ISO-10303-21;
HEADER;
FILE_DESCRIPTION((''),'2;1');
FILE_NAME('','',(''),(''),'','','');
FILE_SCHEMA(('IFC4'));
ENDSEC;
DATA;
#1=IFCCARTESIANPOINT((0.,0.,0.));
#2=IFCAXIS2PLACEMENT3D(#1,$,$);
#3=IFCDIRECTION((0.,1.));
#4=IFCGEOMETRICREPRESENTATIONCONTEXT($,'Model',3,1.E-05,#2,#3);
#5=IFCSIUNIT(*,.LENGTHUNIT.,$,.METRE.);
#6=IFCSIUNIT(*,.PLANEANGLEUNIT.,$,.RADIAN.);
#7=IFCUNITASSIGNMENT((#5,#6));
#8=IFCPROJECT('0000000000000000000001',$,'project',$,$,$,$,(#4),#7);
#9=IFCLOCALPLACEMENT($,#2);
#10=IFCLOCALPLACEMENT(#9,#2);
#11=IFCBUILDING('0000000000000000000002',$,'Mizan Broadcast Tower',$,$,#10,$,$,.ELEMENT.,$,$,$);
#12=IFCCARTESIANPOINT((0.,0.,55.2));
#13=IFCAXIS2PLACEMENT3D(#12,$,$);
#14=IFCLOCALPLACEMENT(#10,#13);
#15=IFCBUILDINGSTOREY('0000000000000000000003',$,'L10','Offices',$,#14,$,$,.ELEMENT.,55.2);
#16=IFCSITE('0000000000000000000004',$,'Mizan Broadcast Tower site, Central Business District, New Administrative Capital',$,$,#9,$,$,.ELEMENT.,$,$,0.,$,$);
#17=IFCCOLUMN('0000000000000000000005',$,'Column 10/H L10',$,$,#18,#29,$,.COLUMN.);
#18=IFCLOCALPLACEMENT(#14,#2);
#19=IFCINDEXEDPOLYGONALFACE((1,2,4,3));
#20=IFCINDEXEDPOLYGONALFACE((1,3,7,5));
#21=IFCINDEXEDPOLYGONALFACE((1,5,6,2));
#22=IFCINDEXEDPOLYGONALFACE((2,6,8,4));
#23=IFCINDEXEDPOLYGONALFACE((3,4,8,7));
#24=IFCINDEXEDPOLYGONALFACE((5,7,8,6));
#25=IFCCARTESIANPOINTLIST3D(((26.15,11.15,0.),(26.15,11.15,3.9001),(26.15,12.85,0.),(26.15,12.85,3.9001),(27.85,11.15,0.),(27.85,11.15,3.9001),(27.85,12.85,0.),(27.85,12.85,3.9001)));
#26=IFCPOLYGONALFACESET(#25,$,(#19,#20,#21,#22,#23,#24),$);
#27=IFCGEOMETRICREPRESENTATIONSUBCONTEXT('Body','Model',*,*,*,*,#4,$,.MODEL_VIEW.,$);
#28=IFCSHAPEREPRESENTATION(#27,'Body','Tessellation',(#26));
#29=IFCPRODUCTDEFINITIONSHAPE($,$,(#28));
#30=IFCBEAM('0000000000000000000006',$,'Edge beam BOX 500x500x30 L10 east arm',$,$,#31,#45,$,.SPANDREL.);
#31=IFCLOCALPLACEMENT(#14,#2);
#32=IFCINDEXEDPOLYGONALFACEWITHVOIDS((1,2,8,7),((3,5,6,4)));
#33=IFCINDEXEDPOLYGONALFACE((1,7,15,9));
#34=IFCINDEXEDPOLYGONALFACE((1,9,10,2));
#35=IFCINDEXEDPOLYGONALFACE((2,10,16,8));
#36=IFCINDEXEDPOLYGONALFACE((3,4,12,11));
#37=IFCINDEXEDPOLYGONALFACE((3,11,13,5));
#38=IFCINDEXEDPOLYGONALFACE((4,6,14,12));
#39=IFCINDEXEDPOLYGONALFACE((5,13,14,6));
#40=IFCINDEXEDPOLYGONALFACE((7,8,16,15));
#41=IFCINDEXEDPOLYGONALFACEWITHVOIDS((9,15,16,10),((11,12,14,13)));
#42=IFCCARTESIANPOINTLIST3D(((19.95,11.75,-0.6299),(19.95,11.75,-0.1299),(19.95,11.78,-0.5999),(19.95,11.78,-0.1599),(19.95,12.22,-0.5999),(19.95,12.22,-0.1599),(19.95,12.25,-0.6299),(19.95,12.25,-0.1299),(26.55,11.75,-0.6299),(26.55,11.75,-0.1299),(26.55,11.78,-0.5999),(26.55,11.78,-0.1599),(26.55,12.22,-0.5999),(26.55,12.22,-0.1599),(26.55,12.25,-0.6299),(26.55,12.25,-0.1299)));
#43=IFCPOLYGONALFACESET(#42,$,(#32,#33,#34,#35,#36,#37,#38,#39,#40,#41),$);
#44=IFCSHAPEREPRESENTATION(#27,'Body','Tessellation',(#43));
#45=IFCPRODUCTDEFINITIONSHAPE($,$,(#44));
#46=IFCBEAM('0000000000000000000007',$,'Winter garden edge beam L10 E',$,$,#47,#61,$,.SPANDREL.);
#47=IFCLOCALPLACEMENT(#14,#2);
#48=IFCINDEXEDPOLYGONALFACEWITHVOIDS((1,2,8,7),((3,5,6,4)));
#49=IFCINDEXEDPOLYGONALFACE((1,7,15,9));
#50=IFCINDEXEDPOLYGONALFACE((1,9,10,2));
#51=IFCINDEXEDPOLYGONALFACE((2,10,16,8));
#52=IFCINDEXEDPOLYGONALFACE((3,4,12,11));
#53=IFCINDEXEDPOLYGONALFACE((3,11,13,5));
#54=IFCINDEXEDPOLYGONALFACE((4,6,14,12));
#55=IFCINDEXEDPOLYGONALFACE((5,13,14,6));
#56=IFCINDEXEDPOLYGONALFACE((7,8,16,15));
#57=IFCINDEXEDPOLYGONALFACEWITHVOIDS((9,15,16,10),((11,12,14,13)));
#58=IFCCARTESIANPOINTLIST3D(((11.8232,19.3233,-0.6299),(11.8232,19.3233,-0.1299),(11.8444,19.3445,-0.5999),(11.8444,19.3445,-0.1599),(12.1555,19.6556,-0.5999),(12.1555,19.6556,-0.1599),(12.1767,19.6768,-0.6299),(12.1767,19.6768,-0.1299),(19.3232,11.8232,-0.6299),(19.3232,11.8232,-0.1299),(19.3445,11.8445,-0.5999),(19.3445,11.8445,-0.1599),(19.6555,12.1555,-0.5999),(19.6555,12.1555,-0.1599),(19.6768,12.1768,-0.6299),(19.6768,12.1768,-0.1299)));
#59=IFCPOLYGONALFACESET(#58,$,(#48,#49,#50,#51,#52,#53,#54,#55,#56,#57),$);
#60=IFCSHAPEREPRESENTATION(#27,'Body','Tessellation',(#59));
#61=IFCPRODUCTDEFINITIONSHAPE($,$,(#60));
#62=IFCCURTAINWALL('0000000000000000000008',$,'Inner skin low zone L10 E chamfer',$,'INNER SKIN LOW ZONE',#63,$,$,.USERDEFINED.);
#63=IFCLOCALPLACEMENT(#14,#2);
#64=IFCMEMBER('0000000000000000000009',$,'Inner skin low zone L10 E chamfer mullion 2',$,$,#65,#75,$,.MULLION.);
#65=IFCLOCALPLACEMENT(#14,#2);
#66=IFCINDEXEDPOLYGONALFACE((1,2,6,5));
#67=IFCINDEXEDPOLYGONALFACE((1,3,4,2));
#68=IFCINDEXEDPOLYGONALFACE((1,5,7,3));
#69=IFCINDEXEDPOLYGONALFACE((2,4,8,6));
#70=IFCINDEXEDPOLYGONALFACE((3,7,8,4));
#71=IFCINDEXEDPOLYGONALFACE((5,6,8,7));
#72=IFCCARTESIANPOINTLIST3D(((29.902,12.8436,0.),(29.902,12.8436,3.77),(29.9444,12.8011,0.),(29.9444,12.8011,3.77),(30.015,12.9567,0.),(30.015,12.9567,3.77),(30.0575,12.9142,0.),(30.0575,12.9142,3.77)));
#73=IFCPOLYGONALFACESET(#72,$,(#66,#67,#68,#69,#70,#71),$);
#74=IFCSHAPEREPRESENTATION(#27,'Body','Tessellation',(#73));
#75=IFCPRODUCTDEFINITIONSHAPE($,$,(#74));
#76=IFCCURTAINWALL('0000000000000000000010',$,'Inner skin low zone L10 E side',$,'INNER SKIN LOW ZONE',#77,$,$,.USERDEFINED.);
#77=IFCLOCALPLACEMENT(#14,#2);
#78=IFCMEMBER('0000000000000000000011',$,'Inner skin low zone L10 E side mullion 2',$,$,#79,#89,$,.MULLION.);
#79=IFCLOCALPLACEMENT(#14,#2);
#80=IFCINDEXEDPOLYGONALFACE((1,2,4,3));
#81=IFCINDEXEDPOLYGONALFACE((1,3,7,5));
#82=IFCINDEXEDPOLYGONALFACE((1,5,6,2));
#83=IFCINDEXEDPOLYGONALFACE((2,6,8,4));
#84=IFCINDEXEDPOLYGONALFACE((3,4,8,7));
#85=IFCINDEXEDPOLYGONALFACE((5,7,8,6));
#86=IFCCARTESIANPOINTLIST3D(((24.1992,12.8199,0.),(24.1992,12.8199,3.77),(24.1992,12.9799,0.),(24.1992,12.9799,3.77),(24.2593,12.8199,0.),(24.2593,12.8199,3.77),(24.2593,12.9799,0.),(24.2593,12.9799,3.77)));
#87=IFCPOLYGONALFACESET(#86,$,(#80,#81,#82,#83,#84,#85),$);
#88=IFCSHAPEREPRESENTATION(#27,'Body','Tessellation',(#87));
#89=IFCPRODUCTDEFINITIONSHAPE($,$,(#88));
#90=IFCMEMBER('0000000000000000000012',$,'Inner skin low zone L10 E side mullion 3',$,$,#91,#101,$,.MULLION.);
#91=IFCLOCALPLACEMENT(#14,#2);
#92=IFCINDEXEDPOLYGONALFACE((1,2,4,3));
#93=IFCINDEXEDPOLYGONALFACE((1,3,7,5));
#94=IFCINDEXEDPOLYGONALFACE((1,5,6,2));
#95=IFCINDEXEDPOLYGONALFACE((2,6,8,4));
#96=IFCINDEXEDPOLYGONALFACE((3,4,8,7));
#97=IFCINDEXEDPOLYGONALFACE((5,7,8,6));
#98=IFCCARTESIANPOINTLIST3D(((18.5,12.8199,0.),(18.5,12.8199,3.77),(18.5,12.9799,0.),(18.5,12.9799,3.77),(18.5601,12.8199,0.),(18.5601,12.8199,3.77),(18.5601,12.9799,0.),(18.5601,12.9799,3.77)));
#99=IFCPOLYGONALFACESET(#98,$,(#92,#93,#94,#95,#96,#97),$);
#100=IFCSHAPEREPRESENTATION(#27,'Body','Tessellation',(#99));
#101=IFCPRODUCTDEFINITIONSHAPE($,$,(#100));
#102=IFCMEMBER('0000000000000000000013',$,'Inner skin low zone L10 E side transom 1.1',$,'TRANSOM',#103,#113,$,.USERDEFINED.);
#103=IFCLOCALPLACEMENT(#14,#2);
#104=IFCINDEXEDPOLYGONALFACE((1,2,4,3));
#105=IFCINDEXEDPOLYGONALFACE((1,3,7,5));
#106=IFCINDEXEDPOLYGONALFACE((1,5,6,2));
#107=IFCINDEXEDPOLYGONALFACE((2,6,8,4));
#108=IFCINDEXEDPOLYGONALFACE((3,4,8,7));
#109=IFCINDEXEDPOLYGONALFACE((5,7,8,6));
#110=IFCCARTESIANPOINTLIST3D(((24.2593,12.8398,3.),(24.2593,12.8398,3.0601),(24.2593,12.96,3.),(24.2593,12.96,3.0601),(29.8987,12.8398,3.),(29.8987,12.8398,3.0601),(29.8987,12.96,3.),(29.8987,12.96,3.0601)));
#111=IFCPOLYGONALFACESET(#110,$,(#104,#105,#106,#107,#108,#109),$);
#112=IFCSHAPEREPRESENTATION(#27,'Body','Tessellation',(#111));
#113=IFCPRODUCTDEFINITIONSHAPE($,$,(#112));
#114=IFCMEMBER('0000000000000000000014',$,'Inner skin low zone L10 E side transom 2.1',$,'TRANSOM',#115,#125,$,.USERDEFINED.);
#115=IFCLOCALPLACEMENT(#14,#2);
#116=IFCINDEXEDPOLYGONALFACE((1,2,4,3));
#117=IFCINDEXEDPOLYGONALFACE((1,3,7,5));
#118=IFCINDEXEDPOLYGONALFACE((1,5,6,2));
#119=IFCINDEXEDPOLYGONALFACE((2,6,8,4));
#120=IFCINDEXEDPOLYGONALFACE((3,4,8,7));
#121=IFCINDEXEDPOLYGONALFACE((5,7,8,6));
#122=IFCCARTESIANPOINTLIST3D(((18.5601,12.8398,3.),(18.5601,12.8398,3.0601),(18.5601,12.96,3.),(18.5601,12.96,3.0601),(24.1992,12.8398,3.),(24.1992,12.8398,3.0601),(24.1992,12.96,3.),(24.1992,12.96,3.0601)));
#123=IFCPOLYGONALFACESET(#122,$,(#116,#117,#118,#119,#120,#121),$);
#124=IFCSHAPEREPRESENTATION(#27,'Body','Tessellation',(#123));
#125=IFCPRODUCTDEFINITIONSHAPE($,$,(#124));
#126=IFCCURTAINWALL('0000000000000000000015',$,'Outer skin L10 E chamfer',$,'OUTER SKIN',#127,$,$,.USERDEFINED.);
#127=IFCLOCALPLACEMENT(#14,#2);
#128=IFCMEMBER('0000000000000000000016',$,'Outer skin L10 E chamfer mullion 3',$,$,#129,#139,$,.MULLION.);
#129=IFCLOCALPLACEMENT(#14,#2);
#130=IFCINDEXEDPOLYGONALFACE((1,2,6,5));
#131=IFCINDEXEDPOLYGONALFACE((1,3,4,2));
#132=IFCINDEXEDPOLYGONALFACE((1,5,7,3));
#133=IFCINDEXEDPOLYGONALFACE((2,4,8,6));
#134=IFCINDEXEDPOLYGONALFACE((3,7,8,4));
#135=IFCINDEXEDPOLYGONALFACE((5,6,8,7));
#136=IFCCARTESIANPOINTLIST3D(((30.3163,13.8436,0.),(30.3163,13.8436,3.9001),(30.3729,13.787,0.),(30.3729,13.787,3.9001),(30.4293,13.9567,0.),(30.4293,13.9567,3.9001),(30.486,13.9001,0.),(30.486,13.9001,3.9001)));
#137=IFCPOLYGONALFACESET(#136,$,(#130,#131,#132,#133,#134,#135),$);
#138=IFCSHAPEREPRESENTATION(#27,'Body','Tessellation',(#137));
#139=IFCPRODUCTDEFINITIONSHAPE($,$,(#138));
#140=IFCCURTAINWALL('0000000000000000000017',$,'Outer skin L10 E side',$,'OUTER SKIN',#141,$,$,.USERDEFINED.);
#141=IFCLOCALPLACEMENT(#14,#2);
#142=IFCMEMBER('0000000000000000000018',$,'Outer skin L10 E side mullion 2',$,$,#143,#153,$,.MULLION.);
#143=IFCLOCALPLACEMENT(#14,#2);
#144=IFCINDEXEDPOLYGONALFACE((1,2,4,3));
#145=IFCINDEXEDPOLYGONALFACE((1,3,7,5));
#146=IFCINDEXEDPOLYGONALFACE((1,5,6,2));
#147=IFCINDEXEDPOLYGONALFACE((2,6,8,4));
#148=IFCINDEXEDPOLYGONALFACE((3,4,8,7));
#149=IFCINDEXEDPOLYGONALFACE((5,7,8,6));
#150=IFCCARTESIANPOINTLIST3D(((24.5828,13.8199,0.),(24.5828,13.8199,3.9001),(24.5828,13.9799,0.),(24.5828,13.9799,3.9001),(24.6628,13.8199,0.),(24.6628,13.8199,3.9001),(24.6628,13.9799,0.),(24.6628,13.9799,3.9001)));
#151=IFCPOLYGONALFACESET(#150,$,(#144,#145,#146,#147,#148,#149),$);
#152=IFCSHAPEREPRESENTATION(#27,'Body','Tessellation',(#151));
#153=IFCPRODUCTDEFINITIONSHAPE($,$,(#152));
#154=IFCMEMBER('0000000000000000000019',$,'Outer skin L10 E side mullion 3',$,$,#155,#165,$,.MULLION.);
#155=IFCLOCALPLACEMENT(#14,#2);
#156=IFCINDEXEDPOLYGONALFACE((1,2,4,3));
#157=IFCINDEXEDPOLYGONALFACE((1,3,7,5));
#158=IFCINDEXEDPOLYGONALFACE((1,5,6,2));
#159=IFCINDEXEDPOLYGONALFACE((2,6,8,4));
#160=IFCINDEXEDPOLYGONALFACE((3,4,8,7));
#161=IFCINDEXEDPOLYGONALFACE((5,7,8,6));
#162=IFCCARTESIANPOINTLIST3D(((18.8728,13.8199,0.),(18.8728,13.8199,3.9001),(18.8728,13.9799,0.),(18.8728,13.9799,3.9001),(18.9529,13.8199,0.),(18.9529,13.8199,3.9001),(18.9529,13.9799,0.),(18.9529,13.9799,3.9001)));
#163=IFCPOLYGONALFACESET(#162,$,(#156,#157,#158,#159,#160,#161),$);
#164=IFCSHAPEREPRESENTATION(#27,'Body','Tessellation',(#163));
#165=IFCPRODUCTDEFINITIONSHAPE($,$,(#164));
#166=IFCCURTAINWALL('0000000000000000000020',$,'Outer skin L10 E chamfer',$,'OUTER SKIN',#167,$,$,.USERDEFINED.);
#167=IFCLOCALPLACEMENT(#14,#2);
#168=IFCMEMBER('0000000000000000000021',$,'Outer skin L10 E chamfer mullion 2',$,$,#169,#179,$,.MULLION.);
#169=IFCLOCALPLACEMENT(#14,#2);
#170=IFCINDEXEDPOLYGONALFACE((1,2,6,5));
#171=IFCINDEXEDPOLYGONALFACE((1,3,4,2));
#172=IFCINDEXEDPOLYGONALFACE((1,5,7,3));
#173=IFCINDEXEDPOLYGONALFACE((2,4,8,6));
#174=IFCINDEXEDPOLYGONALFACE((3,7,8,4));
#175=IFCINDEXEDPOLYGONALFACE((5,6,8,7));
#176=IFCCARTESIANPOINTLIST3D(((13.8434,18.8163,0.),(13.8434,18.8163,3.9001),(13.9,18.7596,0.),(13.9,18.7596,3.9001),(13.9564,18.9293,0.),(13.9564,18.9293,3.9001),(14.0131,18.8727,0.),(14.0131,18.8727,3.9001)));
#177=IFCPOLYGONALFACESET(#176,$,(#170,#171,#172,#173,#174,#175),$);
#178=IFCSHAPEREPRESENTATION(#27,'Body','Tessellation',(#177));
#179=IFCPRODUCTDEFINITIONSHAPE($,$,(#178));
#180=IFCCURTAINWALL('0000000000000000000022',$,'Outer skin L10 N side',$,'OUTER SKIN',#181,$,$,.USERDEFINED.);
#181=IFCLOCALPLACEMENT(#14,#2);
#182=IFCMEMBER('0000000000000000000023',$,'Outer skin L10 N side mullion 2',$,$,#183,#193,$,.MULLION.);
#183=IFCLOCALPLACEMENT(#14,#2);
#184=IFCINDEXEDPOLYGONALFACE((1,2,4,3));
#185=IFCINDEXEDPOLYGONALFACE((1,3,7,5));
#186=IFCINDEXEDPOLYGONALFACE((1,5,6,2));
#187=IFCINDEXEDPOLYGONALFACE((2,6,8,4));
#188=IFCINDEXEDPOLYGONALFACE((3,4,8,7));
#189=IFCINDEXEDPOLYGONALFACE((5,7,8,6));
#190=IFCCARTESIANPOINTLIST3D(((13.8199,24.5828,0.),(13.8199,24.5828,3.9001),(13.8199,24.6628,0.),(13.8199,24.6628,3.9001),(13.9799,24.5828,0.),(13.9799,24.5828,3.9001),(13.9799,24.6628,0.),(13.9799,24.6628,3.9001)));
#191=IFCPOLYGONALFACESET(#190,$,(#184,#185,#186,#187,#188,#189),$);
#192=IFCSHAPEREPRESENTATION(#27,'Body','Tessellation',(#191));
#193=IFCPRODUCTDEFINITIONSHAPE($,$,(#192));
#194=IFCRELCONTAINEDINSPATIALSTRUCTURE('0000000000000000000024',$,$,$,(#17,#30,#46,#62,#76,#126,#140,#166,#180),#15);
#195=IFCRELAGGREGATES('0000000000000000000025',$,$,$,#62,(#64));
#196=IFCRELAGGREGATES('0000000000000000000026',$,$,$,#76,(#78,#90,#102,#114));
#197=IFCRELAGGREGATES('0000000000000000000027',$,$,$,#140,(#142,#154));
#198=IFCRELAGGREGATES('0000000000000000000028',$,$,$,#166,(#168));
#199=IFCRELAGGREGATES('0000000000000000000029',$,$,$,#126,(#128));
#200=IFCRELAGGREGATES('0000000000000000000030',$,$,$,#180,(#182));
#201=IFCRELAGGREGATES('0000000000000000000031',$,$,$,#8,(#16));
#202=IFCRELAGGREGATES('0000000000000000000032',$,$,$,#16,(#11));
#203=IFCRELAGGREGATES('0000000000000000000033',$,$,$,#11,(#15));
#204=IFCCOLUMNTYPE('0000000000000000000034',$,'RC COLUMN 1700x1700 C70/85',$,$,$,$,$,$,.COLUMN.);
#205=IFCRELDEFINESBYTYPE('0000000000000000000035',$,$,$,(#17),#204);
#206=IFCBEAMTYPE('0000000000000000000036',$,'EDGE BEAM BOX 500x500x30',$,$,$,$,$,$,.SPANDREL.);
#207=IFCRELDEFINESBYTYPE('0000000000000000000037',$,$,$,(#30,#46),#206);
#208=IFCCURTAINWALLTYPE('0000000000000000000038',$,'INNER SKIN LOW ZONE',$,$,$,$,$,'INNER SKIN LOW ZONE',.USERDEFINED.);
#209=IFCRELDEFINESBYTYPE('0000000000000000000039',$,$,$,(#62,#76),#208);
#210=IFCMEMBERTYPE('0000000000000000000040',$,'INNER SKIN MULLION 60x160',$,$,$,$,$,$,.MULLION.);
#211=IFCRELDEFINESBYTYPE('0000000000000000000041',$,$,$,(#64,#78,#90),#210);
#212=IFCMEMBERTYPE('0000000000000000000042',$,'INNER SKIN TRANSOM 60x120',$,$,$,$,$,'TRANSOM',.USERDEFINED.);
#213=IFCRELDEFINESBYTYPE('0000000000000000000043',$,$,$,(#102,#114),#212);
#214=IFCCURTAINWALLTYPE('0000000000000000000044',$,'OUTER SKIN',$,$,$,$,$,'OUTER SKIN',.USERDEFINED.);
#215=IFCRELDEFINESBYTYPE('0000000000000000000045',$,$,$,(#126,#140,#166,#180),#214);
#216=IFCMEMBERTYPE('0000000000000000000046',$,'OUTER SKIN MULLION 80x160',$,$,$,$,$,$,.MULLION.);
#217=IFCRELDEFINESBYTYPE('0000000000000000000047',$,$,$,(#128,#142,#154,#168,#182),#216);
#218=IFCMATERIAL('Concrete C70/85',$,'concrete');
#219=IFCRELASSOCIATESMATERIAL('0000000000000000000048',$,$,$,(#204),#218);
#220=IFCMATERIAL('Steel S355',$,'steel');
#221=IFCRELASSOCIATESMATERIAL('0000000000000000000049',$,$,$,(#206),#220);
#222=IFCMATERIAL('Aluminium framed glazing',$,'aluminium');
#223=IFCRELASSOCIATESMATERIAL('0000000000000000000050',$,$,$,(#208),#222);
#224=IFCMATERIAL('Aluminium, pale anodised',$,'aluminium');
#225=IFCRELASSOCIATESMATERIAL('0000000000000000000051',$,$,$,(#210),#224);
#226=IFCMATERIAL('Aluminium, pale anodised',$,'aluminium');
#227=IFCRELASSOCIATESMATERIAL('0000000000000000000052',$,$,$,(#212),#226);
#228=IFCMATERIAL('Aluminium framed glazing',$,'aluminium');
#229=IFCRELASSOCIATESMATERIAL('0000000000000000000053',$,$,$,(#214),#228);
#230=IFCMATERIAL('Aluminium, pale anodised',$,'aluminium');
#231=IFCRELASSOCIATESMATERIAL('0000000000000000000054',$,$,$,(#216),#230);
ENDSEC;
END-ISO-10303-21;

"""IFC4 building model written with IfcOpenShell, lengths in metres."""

from ifc_helpers import new_model, si_unit, direction, frame, origin, origin_2d, place, context, subcontext, project, spatial, rectangle, hollow_rectangle, extrude, material, material_profile, profile_set, type_object, element, aggregate, save


model = new_model("IFC4")

# Units and contexts
model_context = context("Model", 3, precision=1e-05, world=origin(), true_north=direction((0.0, 1.0)))
body_context = subcontext(model_context, "Body", "Model", "MODEL_VIEW")
ifc_project = project(units=[si_unit("LENGTHUNIT", "METRE"), si_unit("PLANEANGLEUNIT", "RADIAN")], contexts=[model_context])

# Site, building, storey
site_placement = place(None, origin())
site = spatial("IfcSite", under=ifc_project, at=site_placement, Name="Mizan Broadcast Tower site, Central Business District, New Administrative Capital", CompositionType="ELEMENT", RefElevation=0.0)
building_placement = place(site_placement, origin())
building = spatial("IfcBuilding", under=site, at=building_placement, Name="Mizan Broadcast Tower", CompositionType="ELEMENT")
storey_placement = place(building_placement, frame((0.0, 0.0, 55.2)))
storey = spatial("IfcBuildingStorey", under=building, at=storey_placement, Name="L10", Description="Offices", CompositionType="ELEMENT", Elevation=55.2)

# Column
ifc_material_1 = material(Name="Concrete C70/85", Category="concrete")
ifc_material_profile_1 = material_profile(ifc_material_1, rectangle(XDim=1.7, YDim=1.7, at=origin_2d()), Name="RC 1700x1700")
ifc_profile_set_1 = profile_set([ifc_material_profile_1], Name="Concrete C70/85")
column_type = type_object("IfcColumnType", Name="RC COLUMN 1700x1700 C70/85", PredefinedType="COLUMN", material=ifc_profile_set_1)
column_placement = place(storey_placement, frame((27.0, 12.0, 0.0), z_axis=(0.0, 0.0, 1.0), x_axis=(1.0, 0.0, 0.0)))
element("IfcColumn", 1, at=column_placement, inside=storey, type_object=column_type, Name="Column 10/H L10", PredefinedType="COLUMN", context=body_context, shape_type="SweptSolid", body=[
    extrude(rectangle(XDim=1.7, YDim=1.7, at=origin_2d()), origin(), (0.0, 0.0, 1.0), 3.9001),
])

# Beams
ifc_material_2 = material(Name="Steel S355", Category="steel")
ifc_material_profile_2 = material_profile(ifc_material_2, hollow_rectangle(XDim=0.5, YDim=0.5, WallThickness=0.03, at=origin_2d()), Name="BOX 500x500x30")
ifc_profile_set_2 = profile_set([ifc_material_profile_2], Name="Steel S355")
beam_type_1 = type_object("IfcBeamType", Name="EDGE BEAM BOX 500x500x30", PredefinedType="SPANDREL", material=ifc_profile_set_2)
beam_1_placement = place(storey_placement, frame((19.95, 12.0, -0.3799), z_axis=(1.0, 0.0, 0.0), x_axis=(0.0, 1.0, 0.0)))
element("IfcBeam", 2, at=beam_1_placement, inside=storey, type_object=beam_type_1, Name="Edge beam BOX 500x500x30 L10 east arm", PredefinedType="SPANDREL", context=body_context, shape_type="SweptSolid", body=[
    extrude(hollow_rectangle(XDim=0.5, YDim=0.5, WallThickness=0.03, at=origin_2d()), origin(), (0.0, 0.0, 1.0), 6.6001),
])
beam_2_placement = place(storey_placement, frame((19.5, 12.0, -0.3799), z_axis=(-0.707107, 0.707107, 0.0), x_axis=(-0.707107, -0.707107, 0.0)))
element("IfcBeam", 3, at=beam_2_placement, inside=storey, type_object=beam_type_1, Name="Winter garden edge beam L10 E", PredefinedType="SPANDREL", context=body_context, shape_type="SweptSolid", body=[
    extrude(hollow_rectangle(XDim=0.5, YDim=0.5, WallThickness=0.03, at=origin_2d()), origin(), (0.0, 0.0, 1.0), 10.6067),
])

# Curtain wall, member
ifc_material_3 = material(Name="Aluminium framed glazing", Category="aluminium")
curtain_wall_type_1 = type_object("IfcCurtainWallType", Name="INNER SKIN LOW ZONE", ElementType="INNER SKIN LOW ZONE", PredefinedType="USERDEFINED", material=ifc_material_3)
curtain_wall_1_placement = place(storey_placement, origin())
curtain_wall_1 = element("IfcCurtainWall", 4, at=curtain_wall_1_placement, inside=storey, type_object=curtain_wall_type_1, Name="Inner skin low zone L10 E chamfer", ObjectType="INNER SKIN LOW ZONE", PredefinedType="USERDEFINED")
ifc_material_4 = material(Name="Aluminium, pale anodised", Category="aluminium")
ifc_material_profile_3 = material_profile(ifc_material_4, rectangle(XDim=0.1599, YDim=0.0601, at=origin_2d()), Name="MULLION 160x60")
ifc_profile_set_3 = profile_set([ifc_material_profile_3], Name="Aluminium, pale anodised")
member_type_1 = type_object("IfcMemberType", Name="INNER SKIN MULLION 60x160", PredefinedType="MULLION", material=ifc_profile_set_3)
member_1_placement = place(storey_placement, frame((29.9797, 12.8789, 0.0), z_axis=(0.0, 0.0, 1.0), x_axis=(-0.707107, -0.707107, 0.0)))
member_1 = element("IfcMember", 5, at=member_1_placement, type_object=member_type_1, Name="Inner skin low zone L10 E chamfer mullion 2", PredefinedType="MULLION", context=body_context, shape_type="SweptSolid", body=[
    extrude(rectangle(XDim=0.1599, YDim=0.0601, at=origin_2d()), origin(), (0.0, 0.0, 1.0), 3.77),
])
aggregate(curtain_wall_1, [member_1])

# Curtain wall, members
curtain_wall_2_placement = place(storey_placement, origin())
curtain_wall_2 = element("IfcCurtainWall", 6, at=curtain_wall_2_placement, inside=storey, type_object=curtain_wall_type_1, Name="Inner skin low zone L10 E side", ObjectType="INNER SKIN LOW ZONE", PredefinedType="USERDEFINED")
member_2_placement = place(storey_placement, frame((24.2292, 12.8999, 0.0), z_axis=(0.0, 0.0, 1.0), x_axis=(0.0, -1.0, 0.0)))
member_2 = element("IfcMember", 7, at=member_2_placement, type_object=member_type_1, Name="Inner skin low zone L10 E side mullion 2", PredefinedType="MULLION", context=body_context, shape_type="SweptSolid", body=[
    extrude(rectangle(XDim=0.1599, YDim=0.0601, at=origin_2d()), origin(), (0.0, 0.0, 1.0), 3.77),
])
member_3_placement = place(storey_placement, frame((18.53, 12.8999, 0.0), z_axis=(0.0, 0.0, 1.0), x_axis=(0.0, -1.0, 0.0)))
member_3 = element("IfcMember", 8, at=member_3_placement, type_object=member_type_1, Name="Inner skin low zone L10 E side mullion 3", PredefinedType="MULLION", context=body_context, shape_type="SweptSolid", body=[
    extrude(rectangle(XDim=0.1599, YDim=0.0601, at=origin_2d()), origin(), (0.0, 0.0, 1.0), 3.77),
])
ifc_material_5 = material(Name="Aluminium, pale anodised", Category="aluminium")
ifc_material_profile_4 = material_profile(ifc_material_5, rectangle(XDim=0.1201, YDim=0.0601, at=origin_2d()), Name="TRANSOM 120x60")
ifc_profile_set_4 = profile_set([ifc_material_profile_4], Name="Aluminium, pale anodised")
member_type_2 = type_object("IfcMemberType", Name="INNER SKIN TRANSOM 60x120", ElementType="TRANSOM", PredefinedType="USERDEFINED", material=ifc_profile_set_4)
member_4_placement = place(storey_placement, frame((29.8987, 12.8999, 3.03), z_axis=(-1.0, 0.0, 0.0), x_axis=(0.0, -1.0, 0.0)))
member_4 = element("IfcMember", 9, at=member_4_placement, type_object=member_type_2, Name="Inner skin low zone L10 E side transom 1.1", ObjectType="TRANSOM", PredefinedType="USERDEFINED", context=body_context, shape_type="SweptSolid", body=[
    extrude(rectangle(XDim=0.1201, YDim=0.0601, at=origin_2d()), origin(), (0.0, 0.0, 1.0), 5.6394),
])
member_5_placement = place(storey_placement, frame((24.1992, 12.8999, 3.03), z_axis=(-1.0, 0.0, 0.0), x_axis=(0.0, -1.0, 0.0)))
member_5 = element("IfcMember", 10, at=member_5_placement, type_object=member_type_2, Name="Inner skin low zone L10 E side transom 2.1", ObjectType="TRANSOM", PredefinedType="USERDEFINED", context=body_context, shape_type="SweptSolid", body=[
    extrude(rectangle(XDim=0.1201, YDim=0.0601, at=origin_2d()), origin(), (0.0, 0.0, 1.0), 5.6392),
])

# Curtain wall, member
ifc_material_6 = material(Name="Aluminium framed glazing", Category="aluminium")
curtain_wall_type_2 = type_object("IfcCurtainWallType", Name="OUTER SKIN", ElementType="OUTER SKIN", PredefinedType="USERDEFINED", material=ifc_material_6)
curtain_wall_3_placement = place(storey_placement, origin())
curtain_wall_3 = element("IfcCurtainWall", 11, at=curtain_wall_3_placement, inside=storey, type_object=curtain_wall_type_2, Name="Outer skin L10 E chamfer", ObjectType="OUTER SKIN", PredefinedType="USERDEFINED")
ifc_material_7 = material(Name="Aluminium, pale anodised", Category="aluminium")
ifc_material_profile_5 = material_profile(ifc_material_7, rectangle(XDim=0.1599, YDim=0.0801, at=origin_2d()), Name="MULLION 160x80")
ifc_profile_set_5 = profile_set([ifc_material_profile_5], Name="Aluminium, pale anodised")
member_type_3 = type_object("IfcMemberType", Name="OUTER SKIN MULLION 80x160", PredefinedType="MULLION", material=ifc_profile_set_5)
member_6_placement = place(storey_placement, frame((30.4011, 13.8718, 0.0), z_axis=(0.0, 0.0, 1.0), x_axis=(-0.707107, -0.707107, 0.0)))
member_6 = element("IfcMember", 12, at=member_6_placement, type_object=member_type_3, Name="Outer skin L10 E chamfer mullion 3", PredefinedType="MULLION", context=body_context, shape_type="SweptSolid", body=[
    extrude(rectangle(XDim=0.1599, YDim=0.0801, at=origin_2d()), origin(), (0.0, 0.0, 1.0), 3.9001),
])

# Curtain wall, members
curtain_wall_4_placement = place(storey_placement, origin())
curtain_wall_4 = element("IfcCurtainWall", 13, at=curtain_wall_4_placement, inside=storey, type_object=curtain_wall_type_2, Name="Outer skin L10 E side", ObjectType="OUTER SKIN", PredefinedType="USERDEFINED")
member_7_placement = place(storey_placement, frame((24.6228, 13.8999, 0.0), z_axis=(0.0, 0.0, 1.0), x_axis=(0.0, -1.0, 0.0)))
member_7 = element("IfcMember", 14, at=member_7_placement, type_object=member_type_3, Name="Outer skin L10 E side mullion 2", PredefinedType="MULLION", context=body_context, shape_type="SweptSolid", body=[
    extrude(rectangle(XDim=0.1599, YDim=0.0801, at=origin_2d()), origin(), (0.0, 0.0, 1.0), 3.9001),
])
member_8_placement = place(storey_placement, frame((18.9128, 13.8999, 0.0), z_axis=(0.0, 0.0, 1.0), x_axis=(0.0, -1.0, 0.0)))
member_8 = element("IfcMember", 15, at=member_8_placement, type_object=member_type_3, Name="Outer skin L10 E side mullion 3", PredefinedType="MULLION", context=body_context, shape_type="SweptSolid", body=[
    extrude(rectangle(XDim=0.1599, YDim=0.0801, at=origin_2d()), origin(), (0.0, 0.0, 1.0), 3.9001),
])

# Curtain wall, member
curtain_wall_5_placement = place(storey_placement, origin())
curtain_wall_5 = element("IfcCurtainWall", 16, at=curtain_wall_5_placement, inside=storey, type_object=curtain_wall_type_2, Name="Outer skin L10 E chamfer", ObjectType="OUTER SKIN", PredefinedType="USERDEFINED")
member_9_placement = place(storey_placement, frame((13.9282, 18.8445, 0.0), z_axis=(0.0, 0.0, 1.0), x_axis=(-0.707107, -0.707107, 0.0)))
member_9 = element("IfcMember", 17, at=member_9_placement, type_object=member_type_3, Name="Outer skin L10 E chamfer mullion 2", PredefinedType="MULLION", context=body_context, shape_type="SweptSolid", body=[
    extrude(rectangle(XDim=0.1599, YDim=0.0801, at=origin_2d()), origin(), (0.0, 0.0, 1.0), 3.9001),
])

# Curtain wall, member
curtain_wall_6_placement = place(storey_placement, origin())
curtain_wall_6 = element("IfcCurtainWall", 18, at=curtain_wall_6_placement, inside=storey, type_object=curtain_wall_type_2, Name="Outer skin L10 N side", ObjectType="OUTER SKIN", PredefinedType="USERDEFINED")
member_10_placement = place(storey_placement, frame((13.8999, 24.6228, 0.0), z_axis=(0.0, 0.0, 1.0), x_axis=(-1.0, 0.0, 0.0)))
member_10 = element("IfcMember", 19, at=member_10_placement, type_object=member_type_3, Name="Outer skin L10 N side mullion 2", PredefinedType="MULLION", context=body_context, shape_type="SweptSolid", body=[
    extrude(rectangle(XDim=0.1599, YDim=0.0801, at=origin_2d()), origin(), (0.0, 0.0, 1.0), 3.9001),
])

aggregate(curtain_wall_2, [member_2, member_3, member_4, member_5])
aggregate(curtain_wall_4, [member_7, member_8])
aggregate(curtain_wall_5, [member_9])
aggregate(curtain_wall_3, [member_6])
aggregate(curtain_wall_6, [member_10])

save(model, "model.ifc")
